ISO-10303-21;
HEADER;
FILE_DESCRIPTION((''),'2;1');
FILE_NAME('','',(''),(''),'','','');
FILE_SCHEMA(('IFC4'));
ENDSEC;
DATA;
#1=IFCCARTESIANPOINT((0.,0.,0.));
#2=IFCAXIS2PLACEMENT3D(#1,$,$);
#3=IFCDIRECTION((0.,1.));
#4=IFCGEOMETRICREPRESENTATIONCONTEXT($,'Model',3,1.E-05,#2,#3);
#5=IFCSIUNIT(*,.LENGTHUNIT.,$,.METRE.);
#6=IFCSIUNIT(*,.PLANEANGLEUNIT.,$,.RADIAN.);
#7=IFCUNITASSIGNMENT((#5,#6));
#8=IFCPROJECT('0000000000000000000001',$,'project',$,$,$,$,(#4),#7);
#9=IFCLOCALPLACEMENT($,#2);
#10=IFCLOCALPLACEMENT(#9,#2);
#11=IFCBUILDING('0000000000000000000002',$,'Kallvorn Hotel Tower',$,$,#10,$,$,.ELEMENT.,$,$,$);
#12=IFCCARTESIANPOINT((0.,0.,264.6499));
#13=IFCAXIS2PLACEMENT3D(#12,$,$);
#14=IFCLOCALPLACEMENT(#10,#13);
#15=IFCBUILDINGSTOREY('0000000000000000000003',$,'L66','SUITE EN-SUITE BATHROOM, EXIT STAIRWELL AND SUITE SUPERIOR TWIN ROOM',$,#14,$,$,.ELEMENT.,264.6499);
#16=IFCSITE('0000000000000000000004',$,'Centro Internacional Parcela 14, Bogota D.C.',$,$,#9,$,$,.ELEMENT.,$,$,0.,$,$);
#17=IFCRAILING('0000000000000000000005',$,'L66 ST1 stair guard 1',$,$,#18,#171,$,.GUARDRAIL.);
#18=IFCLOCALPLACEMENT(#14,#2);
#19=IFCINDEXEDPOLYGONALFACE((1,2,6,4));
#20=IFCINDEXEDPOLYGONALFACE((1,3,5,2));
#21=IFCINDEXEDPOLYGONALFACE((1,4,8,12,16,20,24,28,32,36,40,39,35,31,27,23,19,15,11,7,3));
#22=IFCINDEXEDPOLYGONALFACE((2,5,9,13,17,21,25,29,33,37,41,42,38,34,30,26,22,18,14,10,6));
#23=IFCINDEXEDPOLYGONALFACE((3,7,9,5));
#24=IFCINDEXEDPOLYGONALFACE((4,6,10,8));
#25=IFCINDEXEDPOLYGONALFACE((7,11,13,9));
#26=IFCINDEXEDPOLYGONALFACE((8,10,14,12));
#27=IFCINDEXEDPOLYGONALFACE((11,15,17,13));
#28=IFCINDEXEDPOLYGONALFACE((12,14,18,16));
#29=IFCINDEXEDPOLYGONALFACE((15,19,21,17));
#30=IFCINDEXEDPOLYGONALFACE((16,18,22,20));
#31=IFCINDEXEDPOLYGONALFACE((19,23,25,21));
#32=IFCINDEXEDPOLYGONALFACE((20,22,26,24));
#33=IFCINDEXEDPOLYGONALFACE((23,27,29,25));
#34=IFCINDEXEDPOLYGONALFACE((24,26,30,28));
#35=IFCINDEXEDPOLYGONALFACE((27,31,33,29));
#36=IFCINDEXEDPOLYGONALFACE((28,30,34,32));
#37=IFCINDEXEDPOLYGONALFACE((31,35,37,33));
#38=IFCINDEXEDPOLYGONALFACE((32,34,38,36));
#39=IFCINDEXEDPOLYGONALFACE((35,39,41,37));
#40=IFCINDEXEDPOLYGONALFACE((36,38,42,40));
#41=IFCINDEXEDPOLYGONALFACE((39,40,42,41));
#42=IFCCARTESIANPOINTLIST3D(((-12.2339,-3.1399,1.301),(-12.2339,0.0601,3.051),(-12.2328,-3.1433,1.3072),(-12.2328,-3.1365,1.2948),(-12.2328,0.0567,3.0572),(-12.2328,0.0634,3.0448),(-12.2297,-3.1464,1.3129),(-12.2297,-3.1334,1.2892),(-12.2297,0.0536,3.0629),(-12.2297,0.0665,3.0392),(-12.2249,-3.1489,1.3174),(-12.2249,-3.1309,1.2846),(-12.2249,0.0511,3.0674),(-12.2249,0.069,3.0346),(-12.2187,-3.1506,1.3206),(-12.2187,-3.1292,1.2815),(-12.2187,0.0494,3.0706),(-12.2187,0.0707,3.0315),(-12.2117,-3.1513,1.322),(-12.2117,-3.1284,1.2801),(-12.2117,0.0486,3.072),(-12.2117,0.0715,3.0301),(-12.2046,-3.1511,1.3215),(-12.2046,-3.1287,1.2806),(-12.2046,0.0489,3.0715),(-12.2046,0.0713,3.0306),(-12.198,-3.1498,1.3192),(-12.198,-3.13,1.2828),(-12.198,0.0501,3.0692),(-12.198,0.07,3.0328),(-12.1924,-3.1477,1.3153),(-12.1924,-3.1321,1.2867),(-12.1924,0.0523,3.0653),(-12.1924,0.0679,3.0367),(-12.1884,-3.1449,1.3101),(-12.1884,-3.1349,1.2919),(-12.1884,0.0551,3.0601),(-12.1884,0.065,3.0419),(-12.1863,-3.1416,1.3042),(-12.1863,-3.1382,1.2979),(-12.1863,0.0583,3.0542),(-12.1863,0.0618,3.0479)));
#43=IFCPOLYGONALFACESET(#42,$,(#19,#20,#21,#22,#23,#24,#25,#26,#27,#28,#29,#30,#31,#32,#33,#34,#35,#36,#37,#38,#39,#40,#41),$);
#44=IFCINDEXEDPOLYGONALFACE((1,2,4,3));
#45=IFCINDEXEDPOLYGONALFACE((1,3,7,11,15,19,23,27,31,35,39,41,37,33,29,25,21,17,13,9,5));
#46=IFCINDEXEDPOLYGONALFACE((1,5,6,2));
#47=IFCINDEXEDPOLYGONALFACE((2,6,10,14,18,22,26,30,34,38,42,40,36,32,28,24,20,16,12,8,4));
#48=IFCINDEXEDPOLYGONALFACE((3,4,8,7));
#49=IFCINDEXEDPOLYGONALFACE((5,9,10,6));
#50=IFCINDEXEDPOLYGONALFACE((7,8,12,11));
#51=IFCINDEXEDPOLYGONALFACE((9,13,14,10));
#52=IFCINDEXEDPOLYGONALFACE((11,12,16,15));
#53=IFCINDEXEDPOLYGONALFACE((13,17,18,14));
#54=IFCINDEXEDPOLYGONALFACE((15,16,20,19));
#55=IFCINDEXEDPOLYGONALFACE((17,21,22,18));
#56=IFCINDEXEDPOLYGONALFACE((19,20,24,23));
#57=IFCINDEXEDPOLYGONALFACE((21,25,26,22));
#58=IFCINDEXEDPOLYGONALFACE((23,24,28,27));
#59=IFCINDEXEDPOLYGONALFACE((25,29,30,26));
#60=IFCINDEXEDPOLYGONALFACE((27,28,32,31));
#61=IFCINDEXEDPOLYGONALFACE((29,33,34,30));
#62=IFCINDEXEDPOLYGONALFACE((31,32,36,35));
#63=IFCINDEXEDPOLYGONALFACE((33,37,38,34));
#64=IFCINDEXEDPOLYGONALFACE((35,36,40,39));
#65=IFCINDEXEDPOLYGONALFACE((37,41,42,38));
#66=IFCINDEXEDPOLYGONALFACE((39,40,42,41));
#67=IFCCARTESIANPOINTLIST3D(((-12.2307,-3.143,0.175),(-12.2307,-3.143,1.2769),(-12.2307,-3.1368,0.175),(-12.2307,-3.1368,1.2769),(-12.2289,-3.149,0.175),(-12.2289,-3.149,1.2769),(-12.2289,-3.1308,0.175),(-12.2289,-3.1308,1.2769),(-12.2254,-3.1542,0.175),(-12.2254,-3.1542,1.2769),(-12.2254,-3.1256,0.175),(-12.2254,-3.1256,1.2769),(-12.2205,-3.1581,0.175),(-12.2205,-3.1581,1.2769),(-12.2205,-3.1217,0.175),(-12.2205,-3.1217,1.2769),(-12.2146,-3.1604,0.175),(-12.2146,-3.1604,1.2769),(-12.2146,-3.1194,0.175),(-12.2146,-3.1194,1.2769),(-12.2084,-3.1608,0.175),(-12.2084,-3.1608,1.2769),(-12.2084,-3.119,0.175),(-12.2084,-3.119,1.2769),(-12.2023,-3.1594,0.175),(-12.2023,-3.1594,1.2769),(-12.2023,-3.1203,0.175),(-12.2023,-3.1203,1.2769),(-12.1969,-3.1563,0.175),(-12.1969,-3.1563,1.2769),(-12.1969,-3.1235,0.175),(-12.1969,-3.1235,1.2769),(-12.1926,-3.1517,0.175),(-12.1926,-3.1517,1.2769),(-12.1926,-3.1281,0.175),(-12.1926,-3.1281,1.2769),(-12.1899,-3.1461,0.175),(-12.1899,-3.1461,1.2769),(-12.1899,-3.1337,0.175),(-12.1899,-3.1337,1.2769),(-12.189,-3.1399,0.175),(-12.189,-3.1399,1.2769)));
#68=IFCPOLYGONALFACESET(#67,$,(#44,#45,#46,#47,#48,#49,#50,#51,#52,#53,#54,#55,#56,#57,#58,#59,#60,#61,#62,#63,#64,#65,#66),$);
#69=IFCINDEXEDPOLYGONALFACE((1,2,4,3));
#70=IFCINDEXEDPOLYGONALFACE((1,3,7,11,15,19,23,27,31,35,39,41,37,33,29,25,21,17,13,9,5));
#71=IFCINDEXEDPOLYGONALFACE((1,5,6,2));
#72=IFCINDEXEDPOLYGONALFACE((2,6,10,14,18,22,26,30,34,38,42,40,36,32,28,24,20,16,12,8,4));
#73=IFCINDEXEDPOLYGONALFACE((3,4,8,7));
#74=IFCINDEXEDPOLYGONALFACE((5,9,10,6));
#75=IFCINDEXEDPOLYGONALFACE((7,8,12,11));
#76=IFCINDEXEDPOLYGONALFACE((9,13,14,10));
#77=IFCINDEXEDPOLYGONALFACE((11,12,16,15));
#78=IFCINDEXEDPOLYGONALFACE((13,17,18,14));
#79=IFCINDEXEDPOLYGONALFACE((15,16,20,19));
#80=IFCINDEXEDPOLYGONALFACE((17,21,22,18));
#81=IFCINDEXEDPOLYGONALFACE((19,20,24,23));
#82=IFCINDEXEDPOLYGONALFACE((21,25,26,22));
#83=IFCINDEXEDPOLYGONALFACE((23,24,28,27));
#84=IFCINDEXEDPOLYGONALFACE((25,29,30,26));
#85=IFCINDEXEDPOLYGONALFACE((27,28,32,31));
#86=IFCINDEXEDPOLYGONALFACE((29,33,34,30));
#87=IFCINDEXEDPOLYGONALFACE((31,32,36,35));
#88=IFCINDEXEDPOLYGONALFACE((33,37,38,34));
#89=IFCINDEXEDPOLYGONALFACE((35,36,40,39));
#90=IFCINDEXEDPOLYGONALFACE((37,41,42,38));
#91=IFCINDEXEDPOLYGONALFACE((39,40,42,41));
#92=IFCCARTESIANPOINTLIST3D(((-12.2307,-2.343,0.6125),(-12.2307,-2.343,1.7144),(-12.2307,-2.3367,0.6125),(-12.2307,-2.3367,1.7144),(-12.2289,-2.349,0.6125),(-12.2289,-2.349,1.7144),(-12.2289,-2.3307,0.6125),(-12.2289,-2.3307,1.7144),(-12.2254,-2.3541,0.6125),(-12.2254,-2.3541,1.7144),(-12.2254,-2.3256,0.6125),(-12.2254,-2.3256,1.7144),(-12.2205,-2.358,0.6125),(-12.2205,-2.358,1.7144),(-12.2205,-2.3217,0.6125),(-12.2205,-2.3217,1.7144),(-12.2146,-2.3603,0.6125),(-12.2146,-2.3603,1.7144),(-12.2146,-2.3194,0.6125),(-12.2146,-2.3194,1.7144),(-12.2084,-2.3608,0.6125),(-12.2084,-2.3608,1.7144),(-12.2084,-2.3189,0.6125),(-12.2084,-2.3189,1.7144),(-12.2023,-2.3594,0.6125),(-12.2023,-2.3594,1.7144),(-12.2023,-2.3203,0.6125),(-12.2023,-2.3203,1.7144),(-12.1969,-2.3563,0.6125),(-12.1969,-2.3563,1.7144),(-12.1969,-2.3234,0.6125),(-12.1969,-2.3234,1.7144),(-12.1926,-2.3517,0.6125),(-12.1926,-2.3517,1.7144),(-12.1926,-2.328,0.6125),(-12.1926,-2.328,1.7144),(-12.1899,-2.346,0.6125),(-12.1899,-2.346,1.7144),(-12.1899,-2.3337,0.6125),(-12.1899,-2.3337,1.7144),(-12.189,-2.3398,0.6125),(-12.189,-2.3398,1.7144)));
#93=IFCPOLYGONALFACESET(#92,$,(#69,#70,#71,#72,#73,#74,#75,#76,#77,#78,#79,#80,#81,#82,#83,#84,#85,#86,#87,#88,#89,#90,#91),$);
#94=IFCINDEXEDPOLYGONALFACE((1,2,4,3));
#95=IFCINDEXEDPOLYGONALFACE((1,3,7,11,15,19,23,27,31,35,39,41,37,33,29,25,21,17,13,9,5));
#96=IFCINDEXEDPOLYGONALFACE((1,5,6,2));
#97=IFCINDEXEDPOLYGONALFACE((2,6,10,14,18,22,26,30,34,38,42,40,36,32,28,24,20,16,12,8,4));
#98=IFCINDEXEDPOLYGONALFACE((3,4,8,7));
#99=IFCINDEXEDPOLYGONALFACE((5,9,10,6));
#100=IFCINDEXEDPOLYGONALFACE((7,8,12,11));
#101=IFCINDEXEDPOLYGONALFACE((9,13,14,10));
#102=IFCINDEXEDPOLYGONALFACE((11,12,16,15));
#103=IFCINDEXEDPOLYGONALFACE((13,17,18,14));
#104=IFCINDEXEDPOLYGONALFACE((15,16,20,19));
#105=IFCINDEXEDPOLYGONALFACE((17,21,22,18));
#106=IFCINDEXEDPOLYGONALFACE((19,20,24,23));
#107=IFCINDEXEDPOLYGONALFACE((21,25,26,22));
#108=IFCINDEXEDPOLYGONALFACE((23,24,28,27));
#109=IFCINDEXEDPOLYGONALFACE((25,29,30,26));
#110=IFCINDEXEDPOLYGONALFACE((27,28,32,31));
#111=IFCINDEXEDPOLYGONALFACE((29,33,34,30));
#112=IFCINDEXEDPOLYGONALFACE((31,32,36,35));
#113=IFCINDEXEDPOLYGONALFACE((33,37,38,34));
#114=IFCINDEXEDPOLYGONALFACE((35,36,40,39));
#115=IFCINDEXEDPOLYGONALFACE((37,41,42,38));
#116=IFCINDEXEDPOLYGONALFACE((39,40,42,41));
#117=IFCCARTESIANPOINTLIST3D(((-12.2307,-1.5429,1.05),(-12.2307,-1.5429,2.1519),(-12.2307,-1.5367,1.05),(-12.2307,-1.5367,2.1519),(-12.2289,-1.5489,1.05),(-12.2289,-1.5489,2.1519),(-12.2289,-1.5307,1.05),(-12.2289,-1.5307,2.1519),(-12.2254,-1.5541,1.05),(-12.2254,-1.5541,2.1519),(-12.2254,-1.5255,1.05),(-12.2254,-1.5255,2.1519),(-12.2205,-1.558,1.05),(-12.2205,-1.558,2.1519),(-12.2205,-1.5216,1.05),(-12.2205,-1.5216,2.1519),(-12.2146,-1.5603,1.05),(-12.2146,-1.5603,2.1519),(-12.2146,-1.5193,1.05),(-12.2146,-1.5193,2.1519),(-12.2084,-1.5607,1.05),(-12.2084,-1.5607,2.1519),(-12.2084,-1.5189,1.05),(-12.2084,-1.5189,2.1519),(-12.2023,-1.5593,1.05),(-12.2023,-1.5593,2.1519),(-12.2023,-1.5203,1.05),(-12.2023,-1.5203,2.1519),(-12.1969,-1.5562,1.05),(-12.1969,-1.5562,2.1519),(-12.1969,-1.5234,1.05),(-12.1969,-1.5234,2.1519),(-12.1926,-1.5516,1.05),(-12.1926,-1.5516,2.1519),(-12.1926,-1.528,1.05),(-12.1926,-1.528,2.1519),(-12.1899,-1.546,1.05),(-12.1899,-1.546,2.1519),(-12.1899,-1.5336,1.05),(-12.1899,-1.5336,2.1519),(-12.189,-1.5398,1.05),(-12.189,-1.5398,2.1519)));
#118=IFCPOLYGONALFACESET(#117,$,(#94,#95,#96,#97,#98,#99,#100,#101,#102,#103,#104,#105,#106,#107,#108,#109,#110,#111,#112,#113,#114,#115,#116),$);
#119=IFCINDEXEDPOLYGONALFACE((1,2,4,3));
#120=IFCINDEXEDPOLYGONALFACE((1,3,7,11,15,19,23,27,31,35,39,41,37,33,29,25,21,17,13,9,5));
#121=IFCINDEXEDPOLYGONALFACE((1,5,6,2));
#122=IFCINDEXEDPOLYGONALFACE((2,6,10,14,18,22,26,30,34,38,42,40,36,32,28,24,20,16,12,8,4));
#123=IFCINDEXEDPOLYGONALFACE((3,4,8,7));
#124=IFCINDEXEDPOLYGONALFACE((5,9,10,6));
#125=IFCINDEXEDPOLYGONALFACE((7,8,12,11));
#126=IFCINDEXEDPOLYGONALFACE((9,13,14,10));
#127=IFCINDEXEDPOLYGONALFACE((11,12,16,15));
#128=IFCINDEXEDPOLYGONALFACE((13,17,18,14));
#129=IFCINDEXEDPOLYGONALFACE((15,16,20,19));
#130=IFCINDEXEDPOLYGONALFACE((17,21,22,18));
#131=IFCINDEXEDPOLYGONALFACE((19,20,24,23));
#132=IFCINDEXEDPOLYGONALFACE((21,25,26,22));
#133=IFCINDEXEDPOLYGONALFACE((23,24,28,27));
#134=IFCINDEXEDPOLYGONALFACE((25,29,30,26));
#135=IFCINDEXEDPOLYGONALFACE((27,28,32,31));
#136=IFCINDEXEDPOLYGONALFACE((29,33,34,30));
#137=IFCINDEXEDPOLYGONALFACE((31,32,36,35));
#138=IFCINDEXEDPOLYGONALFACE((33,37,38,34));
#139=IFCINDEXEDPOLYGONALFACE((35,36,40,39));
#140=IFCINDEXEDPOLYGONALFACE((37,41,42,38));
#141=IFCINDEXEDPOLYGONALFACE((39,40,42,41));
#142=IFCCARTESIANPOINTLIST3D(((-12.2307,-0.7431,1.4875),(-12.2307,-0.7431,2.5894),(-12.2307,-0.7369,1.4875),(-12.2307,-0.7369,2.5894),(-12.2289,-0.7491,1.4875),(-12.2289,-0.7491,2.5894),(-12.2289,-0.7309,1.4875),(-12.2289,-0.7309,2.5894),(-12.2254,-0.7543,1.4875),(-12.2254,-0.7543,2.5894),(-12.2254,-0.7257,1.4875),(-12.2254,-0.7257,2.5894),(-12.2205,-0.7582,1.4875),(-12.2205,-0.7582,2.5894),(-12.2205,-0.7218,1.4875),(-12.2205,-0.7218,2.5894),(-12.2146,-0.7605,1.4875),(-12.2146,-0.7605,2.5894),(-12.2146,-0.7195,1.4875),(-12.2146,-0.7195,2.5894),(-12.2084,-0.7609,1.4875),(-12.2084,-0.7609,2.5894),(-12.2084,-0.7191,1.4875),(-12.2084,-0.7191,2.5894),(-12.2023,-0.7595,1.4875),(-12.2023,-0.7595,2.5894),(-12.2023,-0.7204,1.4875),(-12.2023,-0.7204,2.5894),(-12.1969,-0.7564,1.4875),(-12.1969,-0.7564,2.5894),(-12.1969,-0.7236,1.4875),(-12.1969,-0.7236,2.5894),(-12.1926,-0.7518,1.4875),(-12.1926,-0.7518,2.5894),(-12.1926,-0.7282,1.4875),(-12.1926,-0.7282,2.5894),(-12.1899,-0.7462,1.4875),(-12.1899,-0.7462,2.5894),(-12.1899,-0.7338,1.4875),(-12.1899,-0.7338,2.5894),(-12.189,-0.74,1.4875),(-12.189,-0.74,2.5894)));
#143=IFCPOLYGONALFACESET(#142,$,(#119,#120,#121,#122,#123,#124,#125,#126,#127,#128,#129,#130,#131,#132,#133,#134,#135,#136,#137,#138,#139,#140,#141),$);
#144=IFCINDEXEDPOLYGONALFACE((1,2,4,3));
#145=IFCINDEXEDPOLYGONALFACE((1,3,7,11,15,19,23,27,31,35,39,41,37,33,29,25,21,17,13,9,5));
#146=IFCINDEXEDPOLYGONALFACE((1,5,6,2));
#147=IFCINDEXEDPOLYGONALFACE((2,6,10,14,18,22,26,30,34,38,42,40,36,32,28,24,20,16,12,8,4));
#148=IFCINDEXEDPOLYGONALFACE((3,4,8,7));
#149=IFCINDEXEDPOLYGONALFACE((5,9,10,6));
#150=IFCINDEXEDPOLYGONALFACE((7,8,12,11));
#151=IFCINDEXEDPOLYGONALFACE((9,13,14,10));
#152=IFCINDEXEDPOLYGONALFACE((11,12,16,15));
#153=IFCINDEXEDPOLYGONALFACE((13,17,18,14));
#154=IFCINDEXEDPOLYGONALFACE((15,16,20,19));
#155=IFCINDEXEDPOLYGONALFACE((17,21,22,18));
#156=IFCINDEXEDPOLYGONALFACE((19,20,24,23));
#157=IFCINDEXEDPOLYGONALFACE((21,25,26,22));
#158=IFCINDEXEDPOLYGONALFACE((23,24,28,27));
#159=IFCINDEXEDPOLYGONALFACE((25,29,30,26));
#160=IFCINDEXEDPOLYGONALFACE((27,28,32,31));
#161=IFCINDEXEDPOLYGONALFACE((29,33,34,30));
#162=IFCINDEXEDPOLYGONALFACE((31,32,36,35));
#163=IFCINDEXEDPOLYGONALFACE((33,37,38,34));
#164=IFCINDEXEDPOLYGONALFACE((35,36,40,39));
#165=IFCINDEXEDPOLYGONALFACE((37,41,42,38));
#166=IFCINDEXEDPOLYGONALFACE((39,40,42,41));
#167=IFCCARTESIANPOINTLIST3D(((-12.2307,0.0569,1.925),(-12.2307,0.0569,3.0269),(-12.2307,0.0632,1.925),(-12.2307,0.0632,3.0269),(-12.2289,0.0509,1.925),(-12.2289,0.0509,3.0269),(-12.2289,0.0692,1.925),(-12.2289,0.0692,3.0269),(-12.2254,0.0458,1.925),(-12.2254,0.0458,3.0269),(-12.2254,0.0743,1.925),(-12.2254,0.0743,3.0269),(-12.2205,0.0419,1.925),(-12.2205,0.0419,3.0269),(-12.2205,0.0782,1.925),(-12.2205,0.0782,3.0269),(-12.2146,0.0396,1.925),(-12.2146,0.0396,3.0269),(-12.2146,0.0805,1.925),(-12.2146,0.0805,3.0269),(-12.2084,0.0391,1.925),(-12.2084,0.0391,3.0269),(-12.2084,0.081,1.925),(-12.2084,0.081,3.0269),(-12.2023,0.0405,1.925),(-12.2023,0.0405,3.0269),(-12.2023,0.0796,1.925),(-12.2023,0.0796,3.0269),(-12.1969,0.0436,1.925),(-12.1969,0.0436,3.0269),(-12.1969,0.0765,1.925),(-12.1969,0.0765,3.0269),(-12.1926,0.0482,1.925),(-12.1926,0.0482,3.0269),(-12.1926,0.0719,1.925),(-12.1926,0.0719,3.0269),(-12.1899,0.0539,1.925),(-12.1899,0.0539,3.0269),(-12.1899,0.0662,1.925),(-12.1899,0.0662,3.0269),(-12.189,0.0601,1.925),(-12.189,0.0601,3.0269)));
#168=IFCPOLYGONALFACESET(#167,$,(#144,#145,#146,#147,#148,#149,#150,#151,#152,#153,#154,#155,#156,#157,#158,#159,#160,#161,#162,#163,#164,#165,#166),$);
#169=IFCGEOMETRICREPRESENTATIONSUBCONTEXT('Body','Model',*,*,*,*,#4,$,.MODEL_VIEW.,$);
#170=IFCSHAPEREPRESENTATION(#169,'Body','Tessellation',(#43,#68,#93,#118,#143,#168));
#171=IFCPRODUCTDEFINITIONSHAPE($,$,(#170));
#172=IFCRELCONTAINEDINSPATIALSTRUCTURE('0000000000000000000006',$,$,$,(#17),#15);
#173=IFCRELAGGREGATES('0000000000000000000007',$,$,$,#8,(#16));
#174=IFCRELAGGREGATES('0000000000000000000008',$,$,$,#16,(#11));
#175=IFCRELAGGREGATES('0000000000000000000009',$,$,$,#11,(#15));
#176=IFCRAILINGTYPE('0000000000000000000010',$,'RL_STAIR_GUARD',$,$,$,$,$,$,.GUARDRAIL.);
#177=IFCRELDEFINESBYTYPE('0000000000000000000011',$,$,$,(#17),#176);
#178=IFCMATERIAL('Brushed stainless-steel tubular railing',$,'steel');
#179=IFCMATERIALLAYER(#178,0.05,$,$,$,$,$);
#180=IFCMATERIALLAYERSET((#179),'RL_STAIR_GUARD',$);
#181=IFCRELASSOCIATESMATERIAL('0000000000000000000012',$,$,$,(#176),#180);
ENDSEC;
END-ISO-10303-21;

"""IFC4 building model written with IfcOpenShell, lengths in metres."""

from ifc_helpers import new_model, si_unit, direction, frame, origin, origin_2d, place, context, subcontext, project, spatial, circle, extrude, material, layer, layer_set, type_object, element, save


model = new_model("IFC4")

# Units and contexts
model_context = context("Model", 3, precision=1e-05, world=origin(), true_north=direction((0.0, 1.0)))
body_context = subcontext(model_context, "Body", "Model", "MODEL_VIEW")
ifc_project = project(units=[si_unit("LENGTHUNIT", "METRE"), si_unit("PLANEANGLEUNIT", "RADIAN")], contexts=[model_context])

# Site, building, storey
site_placement = place(None, origin())
site = spatial("IfcSite", under=ifc_project, at=site_placement, Name="Centro Internacional Parcela 14, Bogota D.C.", CompositionType="ELEMENT", RefElevation=0.0)
building_placement = place(site_placement, origin())
building = spatial("IfcBuilding", under=site, at=building_placement, Name="Kallvorn Hotel Tower", CompositionType="ELEMENT")
storey_placement = place(building_placement, frame((0.0, 0.0, 264.6499)))
storey = spatial("IfcBuildingStorey", under=building, at=storey_placement, Name="L66", Description="SUITE EN-SUITE BATHROOM, EXIT STAIRWELL AND SUITE SUPERIOR TWIN ROOM", CompositionType="ELEMENT", Elevation=264.6499)

# Railing
ifc_material_1 = material(Name="Brushed stainless-steel tubular railing", Category="steel")
ifc_layer_1 = layer(ifc_material_1, 0.05)
ifc_layer_set_1 = layer_set([ifc_layer_1], Name="RL_STAIR_GUARD")
railing_type_1 = type_object("IfcRailingType", Name="RL_STAIR_GUARD", PredefinedType="GUARDRAIL", material=ifc_layer_set_1)
railing_1_placement = place(storey_placement, frame((-12.21, -3.1399, 0.175)))
element("IfcRailing", 1, at=railing_1_placement, inside=storey, type_object=railing_type_1, Name="L66 ST1 stair guard 1", PredefinedType="GUARDRAIL", context=body_context, shape_type="SweptSolid", body=[
    extrude(circle(Radius=0.0239, at=origin_2d()), frame((0.0, 0.0, 1.126), z_axis=(0.0, 0.877368, 0.479818), x_axis=(-1.0, 0.0, 0.0)), (0.0, 0.0, 1.0), 3.6472),
    extrude(circle(Radius=0.021, at=origin_2d()), origin(), (0.0, 0.0, 1.0), 1.1018),
    extrude(circle(Radius=0.021, at=origin_2d()), frame((0.0, 0.8, 0.4375)), (0.0, 0.0, 1.0), 1.1018),
    extrude(circle(Radius=0.021, at=origin_2d()), frame((0.0, 1.6001, 0.875)), (0.0, 0.0, 1.0), 1.1018),
    extrude(circle(Radius=0.021, at=origin_2d()), frame((0.0, 2.3999, 1.3125)), (0.0, 0.0, 1.0), 1.1018),
    extrude(circle(Radius=0.021, at=origin_2d()), frame((0.0, 3.2, 1.75)), (0.0, 0.0, 1.0), 1.1018),
])

save(model, "model.ifc")
